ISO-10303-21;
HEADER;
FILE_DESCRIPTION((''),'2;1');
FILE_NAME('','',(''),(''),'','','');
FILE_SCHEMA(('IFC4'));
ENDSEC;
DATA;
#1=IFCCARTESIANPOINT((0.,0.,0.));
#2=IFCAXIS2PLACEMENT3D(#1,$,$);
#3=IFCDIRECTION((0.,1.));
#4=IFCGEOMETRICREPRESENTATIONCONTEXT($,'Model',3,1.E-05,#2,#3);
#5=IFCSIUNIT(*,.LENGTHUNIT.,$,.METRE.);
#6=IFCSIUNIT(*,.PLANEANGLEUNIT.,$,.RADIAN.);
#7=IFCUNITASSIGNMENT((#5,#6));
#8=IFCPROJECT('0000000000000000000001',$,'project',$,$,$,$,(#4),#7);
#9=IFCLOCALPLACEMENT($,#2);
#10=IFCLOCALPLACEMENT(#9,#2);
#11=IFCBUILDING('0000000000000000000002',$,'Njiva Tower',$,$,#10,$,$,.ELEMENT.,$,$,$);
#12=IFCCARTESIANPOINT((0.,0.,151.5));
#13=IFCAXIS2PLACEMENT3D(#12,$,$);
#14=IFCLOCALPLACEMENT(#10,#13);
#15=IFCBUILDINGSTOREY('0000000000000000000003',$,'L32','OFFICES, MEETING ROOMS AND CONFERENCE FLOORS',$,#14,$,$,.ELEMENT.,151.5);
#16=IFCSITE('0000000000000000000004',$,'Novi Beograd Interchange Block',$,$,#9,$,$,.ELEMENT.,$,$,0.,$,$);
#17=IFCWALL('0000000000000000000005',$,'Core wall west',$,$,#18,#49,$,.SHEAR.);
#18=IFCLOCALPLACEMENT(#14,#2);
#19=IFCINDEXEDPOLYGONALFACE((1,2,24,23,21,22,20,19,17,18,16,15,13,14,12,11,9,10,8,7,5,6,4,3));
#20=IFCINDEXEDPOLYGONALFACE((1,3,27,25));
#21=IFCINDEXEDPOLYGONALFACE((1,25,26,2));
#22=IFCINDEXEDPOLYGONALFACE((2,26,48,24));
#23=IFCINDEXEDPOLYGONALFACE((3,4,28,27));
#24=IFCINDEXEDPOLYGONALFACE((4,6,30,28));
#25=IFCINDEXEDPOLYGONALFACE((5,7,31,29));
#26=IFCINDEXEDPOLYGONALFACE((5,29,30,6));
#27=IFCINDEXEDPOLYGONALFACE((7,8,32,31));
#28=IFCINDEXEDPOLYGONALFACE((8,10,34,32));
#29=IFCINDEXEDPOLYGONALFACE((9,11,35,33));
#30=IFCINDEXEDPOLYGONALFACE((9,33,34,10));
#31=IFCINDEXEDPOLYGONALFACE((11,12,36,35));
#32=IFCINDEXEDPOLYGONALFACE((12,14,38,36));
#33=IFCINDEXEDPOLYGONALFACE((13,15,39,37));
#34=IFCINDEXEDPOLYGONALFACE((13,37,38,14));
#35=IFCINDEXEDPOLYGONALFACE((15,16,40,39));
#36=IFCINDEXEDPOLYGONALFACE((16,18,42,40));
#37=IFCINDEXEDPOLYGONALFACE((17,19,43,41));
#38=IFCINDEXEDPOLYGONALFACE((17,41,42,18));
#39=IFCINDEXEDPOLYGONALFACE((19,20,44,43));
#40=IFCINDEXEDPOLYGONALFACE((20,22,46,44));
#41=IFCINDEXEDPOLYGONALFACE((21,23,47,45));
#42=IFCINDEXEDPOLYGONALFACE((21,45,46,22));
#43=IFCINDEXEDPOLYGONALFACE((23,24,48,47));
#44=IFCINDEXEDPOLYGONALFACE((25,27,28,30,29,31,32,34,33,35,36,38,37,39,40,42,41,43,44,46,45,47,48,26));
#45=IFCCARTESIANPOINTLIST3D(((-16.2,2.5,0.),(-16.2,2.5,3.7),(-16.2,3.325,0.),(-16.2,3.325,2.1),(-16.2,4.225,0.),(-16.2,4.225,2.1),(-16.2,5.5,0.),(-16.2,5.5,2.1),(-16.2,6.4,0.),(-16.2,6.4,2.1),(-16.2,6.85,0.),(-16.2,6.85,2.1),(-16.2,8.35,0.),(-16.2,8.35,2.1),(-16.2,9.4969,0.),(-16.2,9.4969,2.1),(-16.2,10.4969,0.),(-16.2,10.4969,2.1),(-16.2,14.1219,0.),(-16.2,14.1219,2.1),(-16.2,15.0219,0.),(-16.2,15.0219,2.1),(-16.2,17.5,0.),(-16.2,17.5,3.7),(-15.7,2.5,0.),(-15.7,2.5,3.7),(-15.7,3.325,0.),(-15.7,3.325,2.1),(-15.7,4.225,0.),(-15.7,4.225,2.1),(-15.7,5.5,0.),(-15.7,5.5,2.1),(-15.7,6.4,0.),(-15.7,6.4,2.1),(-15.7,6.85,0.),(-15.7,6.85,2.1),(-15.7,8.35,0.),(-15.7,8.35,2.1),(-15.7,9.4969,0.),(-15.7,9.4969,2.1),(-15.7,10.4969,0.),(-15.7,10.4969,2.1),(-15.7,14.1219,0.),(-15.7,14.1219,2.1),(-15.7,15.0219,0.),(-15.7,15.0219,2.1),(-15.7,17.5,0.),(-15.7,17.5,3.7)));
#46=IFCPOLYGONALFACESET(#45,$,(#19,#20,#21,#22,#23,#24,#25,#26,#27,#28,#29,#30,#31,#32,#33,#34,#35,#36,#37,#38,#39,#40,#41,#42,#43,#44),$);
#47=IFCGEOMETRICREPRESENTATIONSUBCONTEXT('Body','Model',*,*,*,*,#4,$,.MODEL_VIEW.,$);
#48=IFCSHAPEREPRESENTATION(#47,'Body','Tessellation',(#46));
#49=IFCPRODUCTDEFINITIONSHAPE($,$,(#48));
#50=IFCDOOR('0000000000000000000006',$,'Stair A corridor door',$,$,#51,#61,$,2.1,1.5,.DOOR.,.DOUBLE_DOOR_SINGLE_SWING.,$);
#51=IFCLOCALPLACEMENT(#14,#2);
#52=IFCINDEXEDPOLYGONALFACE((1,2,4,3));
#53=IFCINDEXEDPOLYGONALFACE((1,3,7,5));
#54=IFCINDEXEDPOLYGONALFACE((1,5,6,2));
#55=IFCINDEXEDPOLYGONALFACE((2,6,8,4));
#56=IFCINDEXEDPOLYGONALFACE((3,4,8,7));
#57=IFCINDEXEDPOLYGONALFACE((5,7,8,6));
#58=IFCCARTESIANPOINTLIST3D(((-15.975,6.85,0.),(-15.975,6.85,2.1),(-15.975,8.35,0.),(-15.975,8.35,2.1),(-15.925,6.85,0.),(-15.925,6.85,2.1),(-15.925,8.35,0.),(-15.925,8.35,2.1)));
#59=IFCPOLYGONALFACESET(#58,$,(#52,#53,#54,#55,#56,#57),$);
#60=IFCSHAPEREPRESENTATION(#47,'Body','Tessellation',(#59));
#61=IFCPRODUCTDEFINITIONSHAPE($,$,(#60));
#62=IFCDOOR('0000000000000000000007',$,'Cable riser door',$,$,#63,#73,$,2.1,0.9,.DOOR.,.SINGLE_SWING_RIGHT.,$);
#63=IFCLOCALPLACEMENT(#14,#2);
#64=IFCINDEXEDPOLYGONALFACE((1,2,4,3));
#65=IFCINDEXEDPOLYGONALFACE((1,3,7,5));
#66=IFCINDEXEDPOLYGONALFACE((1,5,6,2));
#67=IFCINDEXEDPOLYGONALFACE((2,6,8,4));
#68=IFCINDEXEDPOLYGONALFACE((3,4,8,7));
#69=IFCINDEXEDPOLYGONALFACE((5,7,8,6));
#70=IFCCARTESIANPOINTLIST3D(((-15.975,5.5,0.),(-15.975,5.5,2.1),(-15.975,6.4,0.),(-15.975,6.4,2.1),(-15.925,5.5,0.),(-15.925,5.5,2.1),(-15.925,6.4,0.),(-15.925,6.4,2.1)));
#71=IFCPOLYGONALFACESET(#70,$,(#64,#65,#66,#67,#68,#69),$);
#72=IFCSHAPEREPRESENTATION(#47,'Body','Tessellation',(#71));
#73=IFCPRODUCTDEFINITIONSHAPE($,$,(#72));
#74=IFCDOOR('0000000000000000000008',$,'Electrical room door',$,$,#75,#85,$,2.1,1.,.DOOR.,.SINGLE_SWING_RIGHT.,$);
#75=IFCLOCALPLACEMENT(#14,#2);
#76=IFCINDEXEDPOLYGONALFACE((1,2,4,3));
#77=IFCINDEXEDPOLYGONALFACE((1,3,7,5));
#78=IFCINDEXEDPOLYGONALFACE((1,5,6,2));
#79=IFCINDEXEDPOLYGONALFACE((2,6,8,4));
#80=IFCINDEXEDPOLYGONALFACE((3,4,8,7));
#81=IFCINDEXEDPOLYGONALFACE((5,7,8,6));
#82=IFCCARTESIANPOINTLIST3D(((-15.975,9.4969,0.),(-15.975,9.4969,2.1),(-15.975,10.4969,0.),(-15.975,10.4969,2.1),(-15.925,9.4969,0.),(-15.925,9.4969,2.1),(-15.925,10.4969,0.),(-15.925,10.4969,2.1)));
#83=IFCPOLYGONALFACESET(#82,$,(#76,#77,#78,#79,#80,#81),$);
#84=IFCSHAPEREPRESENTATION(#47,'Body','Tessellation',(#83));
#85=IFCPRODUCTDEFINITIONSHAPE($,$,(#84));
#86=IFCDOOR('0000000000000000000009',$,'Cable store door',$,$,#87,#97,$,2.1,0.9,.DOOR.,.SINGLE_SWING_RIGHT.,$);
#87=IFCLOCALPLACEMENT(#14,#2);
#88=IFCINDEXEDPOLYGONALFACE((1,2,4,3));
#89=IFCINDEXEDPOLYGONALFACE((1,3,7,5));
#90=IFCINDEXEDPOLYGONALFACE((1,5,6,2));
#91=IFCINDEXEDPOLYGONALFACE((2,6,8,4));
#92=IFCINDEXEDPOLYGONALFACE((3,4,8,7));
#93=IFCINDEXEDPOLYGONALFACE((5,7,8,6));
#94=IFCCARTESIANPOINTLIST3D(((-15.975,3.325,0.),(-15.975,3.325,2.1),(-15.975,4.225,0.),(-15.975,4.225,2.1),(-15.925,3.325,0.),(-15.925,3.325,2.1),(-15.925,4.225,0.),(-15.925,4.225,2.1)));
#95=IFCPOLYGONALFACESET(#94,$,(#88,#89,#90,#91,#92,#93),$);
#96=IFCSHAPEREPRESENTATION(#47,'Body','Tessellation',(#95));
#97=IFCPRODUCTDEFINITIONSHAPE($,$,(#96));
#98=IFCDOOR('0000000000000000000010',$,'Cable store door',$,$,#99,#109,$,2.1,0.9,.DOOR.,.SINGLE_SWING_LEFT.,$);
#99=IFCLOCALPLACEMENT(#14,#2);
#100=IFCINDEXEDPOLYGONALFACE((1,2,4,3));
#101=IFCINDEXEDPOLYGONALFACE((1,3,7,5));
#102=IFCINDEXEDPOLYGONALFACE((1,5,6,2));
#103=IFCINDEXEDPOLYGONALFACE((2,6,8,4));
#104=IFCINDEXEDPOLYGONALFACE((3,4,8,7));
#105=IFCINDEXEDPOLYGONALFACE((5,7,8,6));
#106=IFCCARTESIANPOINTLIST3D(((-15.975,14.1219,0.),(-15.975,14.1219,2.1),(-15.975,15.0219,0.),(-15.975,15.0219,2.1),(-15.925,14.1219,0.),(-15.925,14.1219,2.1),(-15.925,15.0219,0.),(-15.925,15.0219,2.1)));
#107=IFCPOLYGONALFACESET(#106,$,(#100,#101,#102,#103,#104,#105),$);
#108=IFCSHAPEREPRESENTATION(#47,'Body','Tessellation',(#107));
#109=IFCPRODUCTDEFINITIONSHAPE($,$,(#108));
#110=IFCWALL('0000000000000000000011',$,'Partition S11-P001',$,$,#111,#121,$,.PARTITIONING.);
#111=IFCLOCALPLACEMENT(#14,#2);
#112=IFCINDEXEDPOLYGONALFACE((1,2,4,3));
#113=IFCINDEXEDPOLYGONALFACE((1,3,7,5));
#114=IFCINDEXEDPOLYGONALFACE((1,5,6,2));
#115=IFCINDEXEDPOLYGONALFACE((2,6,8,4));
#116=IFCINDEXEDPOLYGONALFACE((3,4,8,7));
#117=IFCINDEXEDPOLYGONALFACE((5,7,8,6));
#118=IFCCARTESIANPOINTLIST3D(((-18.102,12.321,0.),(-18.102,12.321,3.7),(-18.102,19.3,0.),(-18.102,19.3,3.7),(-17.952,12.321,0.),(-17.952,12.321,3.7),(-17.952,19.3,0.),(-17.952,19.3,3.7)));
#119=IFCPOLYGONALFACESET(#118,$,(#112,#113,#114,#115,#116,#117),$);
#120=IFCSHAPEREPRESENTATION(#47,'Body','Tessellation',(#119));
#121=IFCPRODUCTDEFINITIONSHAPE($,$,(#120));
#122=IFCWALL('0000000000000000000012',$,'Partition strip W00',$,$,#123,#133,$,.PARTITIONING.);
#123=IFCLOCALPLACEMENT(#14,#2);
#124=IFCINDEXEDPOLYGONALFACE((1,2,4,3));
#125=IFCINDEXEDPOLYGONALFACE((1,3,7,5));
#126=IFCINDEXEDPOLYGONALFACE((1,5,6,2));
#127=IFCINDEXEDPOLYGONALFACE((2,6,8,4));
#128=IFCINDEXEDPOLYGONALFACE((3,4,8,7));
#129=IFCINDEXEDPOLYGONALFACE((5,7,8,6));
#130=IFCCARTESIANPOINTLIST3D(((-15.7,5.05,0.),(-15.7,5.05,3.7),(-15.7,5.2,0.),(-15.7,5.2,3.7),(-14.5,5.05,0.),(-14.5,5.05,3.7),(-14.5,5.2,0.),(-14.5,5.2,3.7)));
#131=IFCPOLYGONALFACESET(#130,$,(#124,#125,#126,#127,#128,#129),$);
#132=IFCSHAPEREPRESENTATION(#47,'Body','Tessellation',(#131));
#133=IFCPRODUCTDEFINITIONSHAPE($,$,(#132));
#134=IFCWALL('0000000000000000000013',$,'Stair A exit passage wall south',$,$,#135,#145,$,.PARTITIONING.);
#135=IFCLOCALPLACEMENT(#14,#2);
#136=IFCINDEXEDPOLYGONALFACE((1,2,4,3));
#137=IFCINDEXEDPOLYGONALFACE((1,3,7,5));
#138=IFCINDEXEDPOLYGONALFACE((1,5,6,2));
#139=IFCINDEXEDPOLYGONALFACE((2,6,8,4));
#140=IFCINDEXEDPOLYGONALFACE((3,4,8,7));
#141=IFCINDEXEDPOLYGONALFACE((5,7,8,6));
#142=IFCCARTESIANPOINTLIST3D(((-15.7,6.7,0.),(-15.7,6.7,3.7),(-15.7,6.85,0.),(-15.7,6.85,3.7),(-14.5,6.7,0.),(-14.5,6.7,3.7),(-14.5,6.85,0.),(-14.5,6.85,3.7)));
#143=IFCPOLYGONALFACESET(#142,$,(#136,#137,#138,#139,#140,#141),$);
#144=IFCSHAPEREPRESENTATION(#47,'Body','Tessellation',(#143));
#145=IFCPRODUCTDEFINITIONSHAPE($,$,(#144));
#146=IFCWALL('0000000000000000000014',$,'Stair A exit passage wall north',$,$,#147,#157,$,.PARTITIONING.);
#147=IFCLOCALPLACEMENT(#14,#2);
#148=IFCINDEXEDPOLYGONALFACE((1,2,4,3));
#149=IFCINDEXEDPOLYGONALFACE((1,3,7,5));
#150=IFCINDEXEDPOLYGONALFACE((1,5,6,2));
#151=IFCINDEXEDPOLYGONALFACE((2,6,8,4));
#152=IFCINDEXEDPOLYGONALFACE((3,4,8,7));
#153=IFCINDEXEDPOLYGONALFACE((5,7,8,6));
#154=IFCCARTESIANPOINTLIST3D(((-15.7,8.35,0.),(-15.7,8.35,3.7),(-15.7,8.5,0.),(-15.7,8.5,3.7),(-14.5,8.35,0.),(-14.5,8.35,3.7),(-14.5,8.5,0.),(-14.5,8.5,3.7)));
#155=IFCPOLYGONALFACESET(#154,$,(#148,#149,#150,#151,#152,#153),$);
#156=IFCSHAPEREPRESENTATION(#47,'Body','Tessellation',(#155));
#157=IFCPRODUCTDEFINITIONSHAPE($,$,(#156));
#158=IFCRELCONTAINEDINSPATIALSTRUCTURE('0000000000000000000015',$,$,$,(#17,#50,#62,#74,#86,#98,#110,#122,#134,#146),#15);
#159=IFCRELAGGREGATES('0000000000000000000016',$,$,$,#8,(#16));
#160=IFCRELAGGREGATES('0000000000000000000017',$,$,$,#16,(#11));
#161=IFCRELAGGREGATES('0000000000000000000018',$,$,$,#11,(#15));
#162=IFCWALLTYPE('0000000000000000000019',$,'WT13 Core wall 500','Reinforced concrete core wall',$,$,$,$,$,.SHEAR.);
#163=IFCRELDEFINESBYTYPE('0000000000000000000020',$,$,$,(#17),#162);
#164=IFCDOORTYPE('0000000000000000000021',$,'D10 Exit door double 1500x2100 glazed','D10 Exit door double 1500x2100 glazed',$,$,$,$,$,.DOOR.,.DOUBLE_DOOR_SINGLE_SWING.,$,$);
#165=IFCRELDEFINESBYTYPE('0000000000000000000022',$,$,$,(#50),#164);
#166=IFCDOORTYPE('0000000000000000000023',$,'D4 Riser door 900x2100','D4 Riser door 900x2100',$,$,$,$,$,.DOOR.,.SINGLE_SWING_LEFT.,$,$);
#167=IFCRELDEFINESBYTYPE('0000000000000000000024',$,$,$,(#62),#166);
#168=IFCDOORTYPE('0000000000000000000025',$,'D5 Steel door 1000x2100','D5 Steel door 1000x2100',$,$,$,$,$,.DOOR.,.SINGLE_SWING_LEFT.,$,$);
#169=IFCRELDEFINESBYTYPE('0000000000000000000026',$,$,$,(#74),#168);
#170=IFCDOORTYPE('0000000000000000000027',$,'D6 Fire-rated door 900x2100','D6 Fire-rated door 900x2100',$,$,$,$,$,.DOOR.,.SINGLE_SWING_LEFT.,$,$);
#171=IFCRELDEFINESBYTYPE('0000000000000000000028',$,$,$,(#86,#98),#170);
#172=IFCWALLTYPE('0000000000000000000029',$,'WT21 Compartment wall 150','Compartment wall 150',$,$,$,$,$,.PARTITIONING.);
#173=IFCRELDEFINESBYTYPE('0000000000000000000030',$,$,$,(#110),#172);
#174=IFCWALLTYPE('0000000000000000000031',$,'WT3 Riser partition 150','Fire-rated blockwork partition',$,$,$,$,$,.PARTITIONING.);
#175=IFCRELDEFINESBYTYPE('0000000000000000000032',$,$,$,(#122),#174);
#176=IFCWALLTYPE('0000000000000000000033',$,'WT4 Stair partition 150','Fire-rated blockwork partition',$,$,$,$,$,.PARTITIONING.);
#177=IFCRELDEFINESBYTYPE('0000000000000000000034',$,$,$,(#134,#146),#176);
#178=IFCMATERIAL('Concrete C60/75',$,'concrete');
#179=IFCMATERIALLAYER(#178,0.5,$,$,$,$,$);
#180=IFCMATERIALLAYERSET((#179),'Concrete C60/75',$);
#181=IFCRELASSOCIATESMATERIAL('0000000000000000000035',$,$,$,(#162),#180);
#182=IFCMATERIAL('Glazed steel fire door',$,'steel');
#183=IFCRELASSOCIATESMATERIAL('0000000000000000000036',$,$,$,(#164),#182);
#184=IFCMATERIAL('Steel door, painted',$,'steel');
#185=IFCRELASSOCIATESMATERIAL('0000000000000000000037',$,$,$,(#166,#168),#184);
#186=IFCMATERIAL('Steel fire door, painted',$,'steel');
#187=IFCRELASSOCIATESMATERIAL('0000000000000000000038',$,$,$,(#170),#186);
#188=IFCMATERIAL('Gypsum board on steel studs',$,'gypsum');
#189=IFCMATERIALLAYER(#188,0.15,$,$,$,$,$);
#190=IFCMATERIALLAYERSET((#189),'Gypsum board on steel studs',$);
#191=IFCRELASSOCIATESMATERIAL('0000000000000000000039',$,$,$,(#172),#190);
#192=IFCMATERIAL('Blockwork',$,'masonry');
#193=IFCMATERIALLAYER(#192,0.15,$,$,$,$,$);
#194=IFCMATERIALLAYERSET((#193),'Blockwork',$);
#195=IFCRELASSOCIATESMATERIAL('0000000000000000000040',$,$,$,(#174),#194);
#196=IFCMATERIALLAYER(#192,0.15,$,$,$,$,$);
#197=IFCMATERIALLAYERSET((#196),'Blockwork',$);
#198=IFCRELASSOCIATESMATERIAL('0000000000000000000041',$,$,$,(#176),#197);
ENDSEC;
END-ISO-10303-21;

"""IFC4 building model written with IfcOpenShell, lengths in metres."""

from ifc_helpers import new_model, si_unit, direction, frame, frame_2d, origin, place, context, subcontext, project, spatial, rectangle, extrude, material, layer, layer_set, type_object, element, fill, save


model = new_model("IFC4")

# Units and contexts
model_context = context("Model", 3, precision=1e-05, world=origin(), true_north=direction((0.0, 1.0)))
body_context = subcontext(model_context, "Body", "Model", "MODEL_VIEW")
ifc_project = project(units=[si_unit("LENGTHUNIT", "METRE"), si_unit("PLANEANGLEUNIT", "RADIAN")], contexts=[model_context])

# Site, building, storey
site_placement = place(None, origin())
site = spatial("IfcSite", under=ifc_project, at=site_placement, Name="Novi Beograd Interchange Block", CompositionType="ELEMENT", RefElevation=0.0)
building_placement = place(site_placement, origin())
building = spatial("IfcBuilding", under=site, at=building_placement, Name="Njiva Tower", CompositionType="ELEMENT")
storey_placement = place(building_placement, frame((0.0, 0.0, 151.5)))
storey = spatial("IfcBuildingStorey", under=building, at=storey_placement, Name="L32", Description="OFFICES, MEETING ROOMS AND CONFERENCE FLOORS", CompositionType="ELEMENT", Elevation=151.5)

# Wall, openings, doors
ifc_material_1 = material(Name="Concrete C60/75", Category="concrete")
ifc_layer_1 = layer(ifc_material_1, 0.5)
ifc_layer_set_1 = layer_set([ifc_layer_1], Name="Concrete C60/75")
wall_type_1 = type_object("IfcWallType", Name="WT13 Core wall 500", Description="Reinforced concrete core wall", PredefinedType="SHEAR", material=ifc_layer_set_1)
wall_1_placement = place(storey_placement, frame((-15.95, 2.5, 0.0), z_axis=(0.0, 0.0, 1.0), x_axis=(0.0, 1.0, 0.0)))
wall_1 = element("IfcWall", 1, at=wall_1_placement, inside=storey, type_object=wall_type_1, Name="Core wall west", PredefinedType="SHEAR", context=body_context, shape_type="SweptSolid", body=[
    extrude(rectangle(XDim=15.0, YDim=0.5, at=frame_2d((7.5, 0.0))), origin(), (0.0, 0.0, 1.0), 3.7),
])
opening_1_placement = place(wall_1_placement, frame((4.35, 0.0, 0.0)))
opening_1 = element("IfcOpeningElement", 2, at=opening_1_placement, cuts=wall_1, PredefinedType="OPENING", context=body_context, shape_type="SweptSolid", body=[
    extrude(rectangle(XDim=1.5, YDim=2.1, at=frame_2d((0.75, 1.05))), frame((0.0, 0.26, 0.0), z_axis=(0.0, -1.0, 0.0), x_axis=(1.0, 0.0, 0.0)), (0.0, 0.0, 1.0), 0.52),
])
opening_2_placement = place(wall_1_placement, frame((0.825, 0.0, 0.0)))
opening_2 = element("IfcOpeningElement", 3, at=opening_2_placement, cuts=wall_1, PredefinedType="OPENING", context=body_context, shape_type="SweptSolid", body=[
    extrude(rectangle(XDim=0.9, YDim=2.1, at=frame_2d((0.45, 1.05))), frame((0.0, 0.26, 0.0), z_axis=(0.0, -1.0, 0.0), x_axis=(1.0, 0.0, 0.0)), (0.0, 0.0, 1.0), 0.52),
])
opening_3_placement = place(wall_1_placement, frame((3.0, 0.0, 0.0)))
opening_3 = element("IfcOpeningElement", 4, at=opening_3_placement, cuts=wall_1, PredefinedType="OPENING", context=body_context, shape_type="SweptSolid", body=[
    extrude(rectangle(XDim=0.9, YDim=2.1, at=frame_2d((0.45, 1.05))), frame((0.0, 0.26, 0.0), z_axis=(0.0, -1.0, 0.0), x_axis=(1.0, 0.0, 0.0)), (0.0, 0.0, 1.0), 0.52),
])
opening_4_placement = place(wall_1_placement, frame((6.9969, 0.0, 0.0)))
opening_4 = element("IfcOpeningElement", 5, at=opening_4_placement, cuts=wall_1, PredefinedType="OPENING", context=body_context, shape_type="SweptSolid", body=[
    extrude(rectangle(XDim=1.0, YDim=2.1, at=frame_2d((0.5, 1.05))), frame((0.0, 0.26, 0.0), z_axis=(0.0, -1.0, 0.0), x_axis=(1.0, 0.0, 0.0)), (0.0, 0.0, 1.0), 0.52),
])
opening_5_placement = place(wall_1_placement, frame((11.6219, 0.0, 0.0)))
opening_5 = element("IfcOpeningElement", 6, at=opening_5_placement, cuts=wall_1, PredefinedType="OPENING", context=body_context, shape_type="SweptSolid", body=[
    extrude(rectangle(XDim=0.9, YDim=2.1, at=frame_2d((0.45, 1.05))), frame((0.0, 0.26, 0.0), z_axis=(0.0, -1.0, 0.0), x_axis=(1.0, 0.0, 0.0)), (0.0, 0.0, 1.0), 0.52),
])
ifc_material_2 = material(Name="Glazed steel fire door", Category="steel")
door_type_1 = type_object("IfcDoorType", Name="D10 Exit door double 1500x2100 glazed", Description="D10 Exit door double 1500x2100 glazed", OperationType="DOUBLE_DOOR_SINGLE_SWING", PredefinedType="DOOR", material=ifc_material_2)
door_1_placement = place(opening_1_placement, origin())
door_1 = element("IfcDoor", 7, at=door_1_placement, inside=storey, type_object=door_type_1, Name="Stair A corridor door", OperationType="DOUBLE_DOOR_SINGLE_SWING", OverallHeight=2.1, OverallWidth=1.5, PredefinedType="DOOR", context=body_context, shape_type="SweptSolid", body=[
    extrude(rectangle(XDim=1.5, YDim=2.1, at=frame_2d((0.75, 1.05))), frame((0.0, 0.025, 0.0), z_axis=(0.0, -1.0, 0.0), x_axis=(1.0, 0.0, 0.0)), (0.0, 0.0, 1.0), 0.05),
])
fill(opening_1, door_1)
ifc_material_3 = material(Name="Steel door, painted", Category="steel")
door_type_2 = type_object("IfcDoorType", Name="D4 Riser door 900x2100", Description="D4 Riser door 900x2100", OperationType="SINGLE_SWING_LEFT", PredefinedType="DOOR", material=ifc_material_3)
door_2_placement = place(opening_3_placement, origin())
door_2 = element("IfcDoor", 8, at=door_2_placement, inside=storey, type_object=door_type_2, Name="Cable riser door", OperationType="SINGLE_SWING_RIGHT", OverallHeight=2.1, OverallWidth=0.9, PredefinedType="DOOR", context=body_context, shape_type="SweptSolid", body=[
    extrude(rectangle(XDim=0.9, YDim=2.1, at=frame_2d((0.45, 1.05))), frame((0.0, 0.025, 0.0), z_axis=(0.0, -1.0, 0.0), x_axis=(1.0, 0.0, 0.0)), (0.0, 0.0, 1.0), 0.05),
])
fill(opening_3, door_2)
door_type_3 = type_object("IfcDoorType", Name="D5 Steel door 1000x2100", Description="D5 Steel door 1000x2100", OperationType="SINGLE_SWING_LEFT", PredefinedType="DOOR", material=ifc_material_3)
door_3_placement = place(opening_4_placement, origin())
door_3 = element("IfcDoor", 9, at=door_3_placement, inside=storey, type_object=door_type_3, Name="Electrical room door", OperationType="SINGLE_SWING_RIGHT", OverallHeight=2.1, OverallWidth=1.0, PredefinedType="DOOR", context=body_context, shape_type="SweptSolid", body=[
    extrude(rectangle(XDim=1.0, YDim=2.1, at=frame_2d((0.5, 1.05))), frame((0.0, 0.025, 0.0), z_axis=(0.0, -1.0, 0.0), x_axis=(1.0, 0.0, 0.0)), (0.0, 0.0, 1.0), 0.05),
])
fill(opening_4, door_3)
ifc_material_4 = material(Name="Steel fire door, painted", Category="steel")
door_type_4 = type_object("IfcDoorType", Name="D6 Fire-rated door 900x2100", Description="D6 Fire-rated door 900x2100", OperationType="SINGLE_SWING_LEFT", PredefinedType="DOOR", material=ifc_material_4)
door_4_placement = place(opening_2_placement, origin())
door_4 = element("IfcDoor", 10, at=door_4_placement, inside=storey, type_object=door_type_4, Name="Cable store door", OperationType="SINGLE_SWING_RIGHT", OverallHeight=2.1, OverallWidth=0.9, PredefinedType="DOOR", context=body_context, shape_type="SweptSolid", body=[
    extrude(rectangle(XDim=0.9, YDim=2.1, at=frame_2d((0.45, 1.05))), frame((0.0, 0.025, 0.0), z_axis=(0.0, -1.0, 0.0), x_axis=(1.0, 0.0, 0.0)), (0.0, 0.0, 1.0), 0.05),
])
fill(opening_2, door_4)
door_5_placement = place(opening_5_placement, origin())
door_5 = element("IfcDoor", 11, at=door_5_placement, inside=storey, type_object=door_type_4, Name="Cable store door", OperationType="SINGLE_SWING_LEFT", OverallHeight=2.1, OverallWidth=0.9, PredefinedType="DOOR", context=body_context, shape_type="SweptSolid", body=[
    extrude(rectangle(XDim=0.9, YDim=2.1, at=frame_2d((0.45, 1.05))), frame((0.0, 0.025, 0.0), z_axis=(0.0, -1.0, 0.0), x_axis=(1.0, 0.0, 0.0)), (0.0, 0.0, 1.0), 0.05),
])
fill(opening_5, door_5)

# Walls
ifc_material_5 = material(Name="Gypsum board on steel studs", Category="gypsum")
ifc_layer_2 = layer(ifc_material_5, 0.15)
ifc_layer_set_2 = layer_set([ifc_layer_2], Name="Gypsum board on steel studs")
wall_type_2 = type_object("IfcWallType", Name="WT21 Compartment wall 150", Description="Compartment wall 150", PredefinedType="PARTITIONING", material=ifc_layer_set_2)
wall_2_placement = place(storey_placement, frame((-18.027, 12.321, 0.0), z_axis=(0.0, 0.0, 1.0), x_axis=(0.0, 1.0, 0.0)))
element("IfcWall", 12, at=wall_2_placement, inside=storey, type_object=wall_type_2, Name="Partition S11-P001", PredefinedType="PARTITIONING", context=body_context, shape_type="SweptSolid", body=[
    extrude(rectangle(XDim=6.979, YDim=0.15, at=frame_2d((3.4895, 0.0))), origin(), (0.0, 0.0, 1.0), 3.7),
])
ifc_material_6 = material(Name="Blockwork", Category="masonry")
ifc_layer_3 = layer(ifc_material_6, 0.15)
ifc_layer_set_3 = layer_set([ifc_layer_3], Name="Blockwork")
wall_type_3 = type_object("IfcWallType", Name="WT3 Riser partition 150", Description="Fire-rated blockwork partition", PredefinedType="PARTITIONING", material=ifc_layer_set_3)
wall_3_placement = place(storey_placement, frame((-15.7, 5.125, 0.0), z_axis=(0.0, 0.0, 1.0), x_axis=(1.0, 0.0, 0.0)))
element("IfcWall", 13, at=wall_3_placement, inside=storey, type_object=wall_type_3, Name="Partition strip W00", PredefinedType="PARTITIONING", context=body_context, shape_type="SweptSolid", body=[
    extrude(rectangle(XDim=1.2, YDim=0.15, at=frame_2d((0.6, 0.0))), origin(), (0.0, 0.0, 1.0), 3.7),
])
ifc_layer_4 = layer(ifc_material_6, 0.15)
ifc_layer_set_4 = layer_set([ifc_layer_4], Name="Blockwork")
wall_type_4 = type_object("IfcWallType", Name="WT4 Stair partition 150", Description="Fire-rated blockwork partition", PredefinedType="PARTITIONING", material=ifc_layer_set_4)
for number, where, z_axis, x_axis, name in (
    (14, (-15.7, 6.775, 0.0), (0.0, 0.0, 1.0), (1.0, 0.0, 0.0), "Stair A exit passage wall south"),
    (15, (-15.7, 8.425, 0.0), (0.0, 0.0, 1.0), (1.0, 0.0, 0.0), "Stair A exit passage wall north"),
):
    element("IfcWall", number, at=place(storey_placement, frame(where, z_axis=z_axis, x_axis=x_axis)), inside=storey, type_object=wall_type_4, Name=name, PredefinedType="PARTITIONING", context=body_context, shape_type="SweptSolid", body=[
        extrude(rectangle(XDim=1.2, YDim=0.15, at=frame_2d((0.6, 0.0))), origin(), (0.0, 0.0, 1.0), 3.7),
    ])

save(model, "model.ifc")
